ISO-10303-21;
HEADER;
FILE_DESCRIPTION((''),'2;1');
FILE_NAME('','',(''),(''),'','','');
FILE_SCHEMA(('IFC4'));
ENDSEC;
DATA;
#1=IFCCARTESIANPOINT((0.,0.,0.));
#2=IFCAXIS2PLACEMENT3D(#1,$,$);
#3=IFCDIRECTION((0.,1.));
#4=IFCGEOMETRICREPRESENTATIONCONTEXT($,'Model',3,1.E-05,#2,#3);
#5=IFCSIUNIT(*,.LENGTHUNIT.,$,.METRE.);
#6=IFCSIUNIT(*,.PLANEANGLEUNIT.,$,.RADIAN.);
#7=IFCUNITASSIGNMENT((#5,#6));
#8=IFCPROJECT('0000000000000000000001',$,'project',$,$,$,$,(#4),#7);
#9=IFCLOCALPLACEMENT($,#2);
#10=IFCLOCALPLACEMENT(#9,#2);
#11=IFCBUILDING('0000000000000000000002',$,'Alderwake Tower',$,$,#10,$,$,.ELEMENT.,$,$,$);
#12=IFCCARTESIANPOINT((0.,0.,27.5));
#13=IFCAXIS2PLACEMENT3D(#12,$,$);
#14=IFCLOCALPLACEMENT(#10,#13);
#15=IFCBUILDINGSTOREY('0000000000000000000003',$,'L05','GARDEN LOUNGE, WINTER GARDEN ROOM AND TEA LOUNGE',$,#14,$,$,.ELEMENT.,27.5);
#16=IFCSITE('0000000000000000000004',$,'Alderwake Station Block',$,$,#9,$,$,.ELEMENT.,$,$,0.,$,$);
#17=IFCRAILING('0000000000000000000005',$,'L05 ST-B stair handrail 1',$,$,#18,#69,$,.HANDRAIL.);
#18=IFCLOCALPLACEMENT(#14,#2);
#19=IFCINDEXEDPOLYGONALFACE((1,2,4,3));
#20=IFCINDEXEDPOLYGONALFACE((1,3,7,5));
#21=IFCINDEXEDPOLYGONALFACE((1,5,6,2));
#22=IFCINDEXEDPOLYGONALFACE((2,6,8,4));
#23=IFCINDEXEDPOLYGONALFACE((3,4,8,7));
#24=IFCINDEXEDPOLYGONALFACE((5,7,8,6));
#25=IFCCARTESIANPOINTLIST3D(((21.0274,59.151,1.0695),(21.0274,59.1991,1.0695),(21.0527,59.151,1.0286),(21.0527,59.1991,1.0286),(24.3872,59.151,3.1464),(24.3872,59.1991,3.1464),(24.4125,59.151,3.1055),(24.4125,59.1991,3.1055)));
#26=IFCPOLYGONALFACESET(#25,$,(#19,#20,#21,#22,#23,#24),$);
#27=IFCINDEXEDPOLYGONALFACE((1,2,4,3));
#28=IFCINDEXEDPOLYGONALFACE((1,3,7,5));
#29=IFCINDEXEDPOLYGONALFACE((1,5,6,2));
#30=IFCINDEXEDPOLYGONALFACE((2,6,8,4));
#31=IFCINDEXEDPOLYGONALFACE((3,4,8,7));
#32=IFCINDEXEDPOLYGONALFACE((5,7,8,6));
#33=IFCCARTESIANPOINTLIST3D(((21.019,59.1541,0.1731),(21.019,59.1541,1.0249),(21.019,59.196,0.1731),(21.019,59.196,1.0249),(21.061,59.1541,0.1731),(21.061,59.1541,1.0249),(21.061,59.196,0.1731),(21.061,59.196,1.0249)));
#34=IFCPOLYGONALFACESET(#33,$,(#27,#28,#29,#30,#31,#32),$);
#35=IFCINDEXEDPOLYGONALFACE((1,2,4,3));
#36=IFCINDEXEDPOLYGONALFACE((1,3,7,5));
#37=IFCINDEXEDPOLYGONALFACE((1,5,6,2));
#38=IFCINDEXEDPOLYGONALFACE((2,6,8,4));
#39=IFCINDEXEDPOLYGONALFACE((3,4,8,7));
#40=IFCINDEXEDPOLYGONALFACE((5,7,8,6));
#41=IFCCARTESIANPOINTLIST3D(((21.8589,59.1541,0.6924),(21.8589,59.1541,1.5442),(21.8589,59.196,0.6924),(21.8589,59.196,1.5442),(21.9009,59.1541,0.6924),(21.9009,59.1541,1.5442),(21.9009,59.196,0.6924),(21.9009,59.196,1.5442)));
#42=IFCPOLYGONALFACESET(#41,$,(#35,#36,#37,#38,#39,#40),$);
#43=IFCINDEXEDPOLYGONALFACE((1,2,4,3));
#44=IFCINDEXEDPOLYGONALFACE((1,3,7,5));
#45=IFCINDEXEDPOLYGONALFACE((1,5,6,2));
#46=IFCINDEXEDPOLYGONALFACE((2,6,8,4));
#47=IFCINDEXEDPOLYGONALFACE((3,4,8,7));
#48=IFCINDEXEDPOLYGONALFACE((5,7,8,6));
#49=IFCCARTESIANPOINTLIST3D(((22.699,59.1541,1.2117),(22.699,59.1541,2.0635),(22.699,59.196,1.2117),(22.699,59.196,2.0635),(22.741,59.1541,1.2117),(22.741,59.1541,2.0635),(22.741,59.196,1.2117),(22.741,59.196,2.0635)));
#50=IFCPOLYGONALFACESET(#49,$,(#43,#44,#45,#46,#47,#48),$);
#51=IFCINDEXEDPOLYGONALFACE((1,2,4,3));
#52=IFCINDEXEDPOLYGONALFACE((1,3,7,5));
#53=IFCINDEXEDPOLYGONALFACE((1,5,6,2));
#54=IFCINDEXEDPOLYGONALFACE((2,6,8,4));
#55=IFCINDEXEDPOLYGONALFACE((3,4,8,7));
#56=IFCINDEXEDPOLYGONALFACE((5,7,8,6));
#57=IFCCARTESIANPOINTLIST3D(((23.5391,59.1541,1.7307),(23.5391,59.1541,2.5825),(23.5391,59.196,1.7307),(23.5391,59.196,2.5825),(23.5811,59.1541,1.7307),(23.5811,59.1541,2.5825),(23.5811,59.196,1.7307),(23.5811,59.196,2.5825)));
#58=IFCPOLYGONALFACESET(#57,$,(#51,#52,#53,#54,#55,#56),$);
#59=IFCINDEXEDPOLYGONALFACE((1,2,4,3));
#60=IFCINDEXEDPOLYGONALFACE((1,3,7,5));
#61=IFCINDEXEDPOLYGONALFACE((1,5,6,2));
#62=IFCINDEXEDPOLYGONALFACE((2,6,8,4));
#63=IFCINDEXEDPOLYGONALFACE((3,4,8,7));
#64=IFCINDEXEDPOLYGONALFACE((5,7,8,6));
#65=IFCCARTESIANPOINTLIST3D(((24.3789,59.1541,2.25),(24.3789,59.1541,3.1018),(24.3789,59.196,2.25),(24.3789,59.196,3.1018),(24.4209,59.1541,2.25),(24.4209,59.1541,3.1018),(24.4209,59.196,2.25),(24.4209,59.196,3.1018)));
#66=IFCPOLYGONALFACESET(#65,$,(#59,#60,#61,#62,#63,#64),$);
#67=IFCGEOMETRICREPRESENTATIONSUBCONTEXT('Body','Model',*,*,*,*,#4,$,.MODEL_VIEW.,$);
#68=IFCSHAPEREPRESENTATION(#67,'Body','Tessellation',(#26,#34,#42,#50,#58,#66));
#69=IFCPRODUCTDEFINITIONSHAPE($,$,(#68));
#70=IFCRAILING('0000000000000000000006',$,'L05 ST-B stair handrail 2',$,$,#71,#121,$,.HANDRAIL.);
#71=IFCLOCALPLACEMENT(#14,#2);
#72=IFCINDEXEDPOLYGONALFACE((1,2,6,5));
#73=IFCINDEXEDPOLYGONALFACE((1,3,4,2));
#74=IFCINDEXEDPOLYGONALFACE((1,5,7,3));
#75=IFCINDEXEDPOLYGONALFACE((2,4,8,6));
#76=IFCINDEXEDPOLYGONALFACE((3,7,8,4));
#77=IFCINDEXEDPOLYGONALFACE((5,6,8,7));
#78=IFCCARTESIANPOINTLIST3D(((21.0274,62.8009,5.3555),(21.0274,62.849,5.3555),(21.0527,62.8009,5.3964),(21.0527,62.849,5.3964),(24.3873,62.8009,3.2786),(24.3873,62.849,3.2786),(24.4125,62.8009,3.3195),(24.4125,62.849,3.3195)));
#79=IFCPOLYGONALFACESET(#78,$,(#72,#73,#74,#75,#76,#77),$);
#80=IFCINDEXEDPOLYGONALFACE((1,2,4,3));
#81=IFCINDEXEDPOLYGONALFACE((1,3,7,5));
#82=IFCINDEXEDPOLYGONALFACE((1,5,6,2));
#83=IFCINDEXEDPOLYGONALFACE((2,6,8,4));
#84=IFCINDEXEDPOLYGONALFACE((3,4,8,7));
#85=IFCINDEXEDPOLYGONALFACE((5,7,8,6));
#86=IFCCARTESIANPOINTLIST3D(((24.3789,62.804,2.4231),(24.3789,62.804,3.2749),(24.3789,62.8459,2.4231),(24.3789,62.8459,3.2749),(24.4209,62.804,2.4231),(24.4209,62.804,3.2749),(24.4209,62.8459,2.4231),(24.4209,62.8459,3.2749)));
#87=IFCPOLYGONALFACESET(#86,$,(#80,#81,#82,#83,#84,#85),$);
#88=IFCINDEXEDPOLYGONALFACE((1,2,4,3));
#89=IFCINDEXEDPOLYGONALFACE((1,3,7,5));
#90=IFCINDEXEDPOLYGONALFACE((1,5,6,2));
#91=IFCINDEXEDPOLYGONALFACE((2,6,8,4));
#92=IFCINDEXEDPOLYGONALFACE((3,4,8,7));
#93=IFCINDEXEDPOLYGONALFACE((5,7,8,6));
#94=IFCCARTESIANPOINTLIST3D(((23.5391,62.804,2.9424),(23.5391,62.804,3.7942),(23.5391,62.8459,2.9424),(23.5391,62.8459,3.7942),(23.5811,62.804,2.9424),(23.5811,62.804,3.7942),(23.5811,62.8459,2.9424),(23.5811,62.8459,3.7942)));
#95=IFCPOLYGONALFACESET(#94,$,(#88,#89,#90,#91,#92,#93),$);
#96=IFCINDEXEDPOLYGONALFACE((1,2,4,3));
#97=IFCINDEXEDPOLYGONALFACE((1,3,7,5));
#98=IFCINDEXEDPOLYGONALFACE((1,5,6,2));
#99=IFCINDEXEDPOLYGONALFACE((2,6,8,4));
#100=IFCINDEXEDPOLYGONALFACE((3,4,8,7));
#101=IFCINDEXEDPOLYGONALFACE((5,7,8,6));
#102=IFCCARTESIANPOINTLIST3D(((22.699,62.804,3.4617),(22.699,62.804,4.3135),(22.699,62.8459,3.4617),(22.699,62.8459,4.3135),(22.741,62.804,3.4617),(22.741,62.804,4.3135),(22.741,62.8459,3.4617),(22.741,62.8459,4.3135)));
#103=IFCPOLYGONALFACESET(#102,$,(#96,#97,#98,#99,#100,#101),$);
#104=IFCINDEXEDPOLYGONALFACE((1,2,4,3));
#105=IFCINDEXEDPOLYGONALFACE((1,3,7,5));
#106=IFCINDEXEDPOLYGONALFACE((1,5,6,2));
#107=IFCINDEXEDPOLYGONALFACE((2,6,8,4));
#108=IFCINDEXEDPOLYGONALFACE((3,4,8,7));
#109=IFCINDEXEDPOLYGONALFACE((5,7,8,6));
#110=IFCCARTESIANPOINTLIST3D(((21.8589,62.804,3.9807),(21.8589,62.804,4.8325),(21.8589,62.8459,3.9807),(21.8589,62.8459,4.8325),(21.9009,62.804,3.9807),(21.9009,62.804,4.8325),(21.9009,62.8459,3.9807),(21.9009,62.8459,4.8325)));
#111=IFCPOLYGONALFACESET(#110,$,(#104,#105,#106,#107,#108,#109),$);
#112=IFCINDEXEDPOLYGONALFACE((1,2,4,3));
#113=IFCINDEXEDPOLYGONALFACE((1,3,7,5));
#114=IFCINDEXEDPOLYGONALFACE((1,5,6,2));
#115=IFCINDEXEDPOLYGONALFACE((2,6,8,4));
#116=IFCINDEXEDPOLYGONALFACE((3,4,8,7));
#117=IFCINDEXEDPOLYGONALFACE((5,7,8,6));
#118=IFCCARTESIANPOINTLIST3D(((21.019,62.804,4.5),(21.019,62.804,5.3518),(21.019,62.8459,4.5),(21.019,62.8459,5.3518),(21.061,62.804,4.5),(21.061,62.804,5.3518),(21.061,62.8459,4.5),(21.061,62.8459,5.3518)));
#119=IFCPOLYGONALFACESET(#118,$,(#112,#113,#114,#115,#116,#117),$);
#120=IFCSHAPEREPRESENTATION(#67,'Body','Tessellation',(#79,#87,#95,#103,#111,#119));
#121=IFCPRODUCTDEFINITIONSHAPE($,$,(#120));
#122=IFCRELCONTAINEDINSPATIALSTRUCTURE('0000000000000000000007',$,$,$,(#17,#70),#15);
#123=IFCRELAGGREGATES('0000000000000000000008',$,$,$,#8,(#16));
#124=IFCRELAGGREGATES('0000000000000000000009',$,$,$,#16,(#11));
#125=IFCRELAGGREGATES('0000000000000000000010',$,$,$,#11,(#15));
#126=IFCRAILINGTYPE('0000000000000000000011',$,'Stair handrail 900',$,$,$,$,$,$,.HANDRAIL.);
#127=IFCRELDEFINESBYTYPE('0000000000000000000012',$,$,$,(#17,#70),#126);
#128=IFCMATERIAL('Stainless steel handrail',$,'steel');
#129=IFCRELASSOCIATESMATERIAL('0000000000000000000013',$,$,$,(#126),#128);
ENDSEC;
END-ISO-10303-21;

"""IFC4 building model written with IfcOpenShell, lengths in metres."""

from ifc_helpers import new_model, si_unit, direction, frame, origin, origin_with_axes, origin_2d, place, context, subcontext, project, spatial, rectangle, extrude, material, type_object, element, save


model = new_model("IFC4")

# Units and contexts
model_context = context("Model", 3, precision=1e-05, world=origin(), true_north=direction((0.0, 1.0)))
body_context = subcontext(model_context, "Body", "Model", "MODEL_VIEW")
ifc_project = project(units=[si_unit("LENGTHUNIT", "METRE"), si_unit("PLANEANGLEUNIT", "RADIAN")], contexts=[model_context])

# Site, building, storey
site_placement = place(None, origin())
site = spatial("IfcSite", under=ifc_project, at=site_placement, Name="Alderwake Station Block", CompositionType="ELEMENT", RefElevation=0.0)
building_placement = place(site_placement, origin())
building = spatial("IfcBuilding", under=site, at=building_placement, Name="Alderwake Tower", CompositionType="ELEMENT")
storey_placement = place(building_placement, frame((0.0, 0.0, 27.5)))
storey = spatial("IfcBuildingStorey", under=building, at=storey_placement, Name="L05", Description="GARDEN LOUNGE, WINTER GARDEN ROOM AND TEA LOUNGE", CompositionType="ELEMENT", Elevation=27.5)

# Railings
ifc_material_1 = material(Name="Stainless steel handrail", Category="steel")
railing_type_1 = type_object("IfcRailingType", Name="Stair handrail 900", PredefinedType="HANDRAIL", material=ifc_material_1)
railing_1_placement = place(storey_placement, frame((21.04, 59.175, 0.1731)))
element("IfcRailing", 1, at=railing_1_placement, inside=storey, type_object=railing_type_1, Name="L05 ST-B stair handrail 1", PredefinedType="HANDRAIL", context=body_context, shape_type="SweptSolid", body=[
    extrude(rectangle(XDim=0.0481, YDim=0.0481, at=origin_2d()), frame((0.0, 0.0, 0.876), z_axis=(0.850606, 0.0, 0.525803), x_axis=(0.0, 1.0, 0.0)), (0.0, 0.0, 1.0), 3.95),
    extrude(rectangle(XDim=0.042, YDim=0.042, at=origin_2d()), origin_with_axes(), (0.0, 0.0, 1.0), 0.8518),
    extrude(rectangle(XDim=0.042, YDim=0.042, at=origin_2d()), frame((0.8398, 0.0, 0.5193), z_axis=(0.0, 0.0, 1.0), x_axis=(1.0, 0.0, 0.0)), (0.0, 0.0, 1.0), 0.8518),
    extrude(rectangle(XDim=0.042, YDim=0.042, at=origin_2d()), frame((1.6799, 0.0, 1.0386), z_axis=(0.0, 0.0, 1.0), x_axis=(1.0, 0.0, 0.0)), (0.0, 0.0, 1.0), 0.8518),
    extrude(rectangle(XDim=0.042, YDim=0.042, at=origin_2d()), frame((2.52, 0.0, 1.5576), z_axis=(0.0, 0.0, 1.0), x_axis=(1.0, 0.0, 0.0)), (0.0, 0.0, 1.0), 0.8518),
    extrude(rectangle(XDim=0.042, YDim=0.042, at=origin_2d()), frame((3.3599, 0.0, 2.0769), z_axis=(0.0, 0.0, 1.0), x_axis=(1.0, 0.0, 0.0)), (0.0, 0.0, 1.0), 0.8518),
])
railing_2_placement = place(storey_placement, frame((24.3999, 62.825, 2.4231)))
element("IfcRailing", 2, at=railing_2_placement, inside=storey, type_object=railing_type_1, Name="L05 ST-B stair handrail 2", PredefinedType="HANDRAIL", context=body_context, shape_type="SweptSolid", body=[
    extrude(rectangle(XDim=0.0481, YDim=0.0481, at=origin_2d()), frame((0.0, 0.0, 0.876), z_axis=(-0.850606, 0.0, 0.525803), x_axis=(0.0, -1.0, 0.0)), (0.0, 0.0, 1.0), 3.95),
    extrude(rectangle(XDim=0.042, YDim=0.042, at=origin_2d()), frame((0.0, 0.0, 0.0), z_axis=(0.0, 0.0, 1.0), x_axis=(-1.0, 0.0, 0.0)), (0.0, 0.0, 1.0), 0.8518),
    extrude(rectangle(XDim=0.042, YDim=0.042, at=origin_2d()), frame((-0.8398, 0.0, 0.5193), z_axis=(0.0, 0.0, 1.0), x_axis=(-1.0, 0.0, 0.0)), (0.0, 0.0, 1.0), 0.8518),
    extrude(rectangle(XDim=0.042, YDim=0.042, at=origin_2d()), frame((-1.6799, 0.0, 1.0386), z_axis=(0.0, 0.0, 1.0), x_axis=(-1.0, 0.0, 0.0)), (0.0, 0.0, 1.0), 0.8518),
    extrude(rectangle(XDim=0.042, YDim=0.042, at=origin_2d()), frame((-2.52, 0.0, 1.5576), z_axis=(0.0, 0.0, 1.0), x_axis=(-1.0, 0.0, 0.0)), (0.0, 0.0, 1.0), 0.8518),
    extrude(rectangle(XDim=0.042, YDim=0.042, at=origin_2d()), frame((-3.3599, 0.0, 2.0769), z_axis=(0.0, 0.0, 1.0), x_axis=(-1.0, 0.0, 0.0)), (0.0, 0.0, 1.0), 0.8518),
])

save(model, "model.ifc")
